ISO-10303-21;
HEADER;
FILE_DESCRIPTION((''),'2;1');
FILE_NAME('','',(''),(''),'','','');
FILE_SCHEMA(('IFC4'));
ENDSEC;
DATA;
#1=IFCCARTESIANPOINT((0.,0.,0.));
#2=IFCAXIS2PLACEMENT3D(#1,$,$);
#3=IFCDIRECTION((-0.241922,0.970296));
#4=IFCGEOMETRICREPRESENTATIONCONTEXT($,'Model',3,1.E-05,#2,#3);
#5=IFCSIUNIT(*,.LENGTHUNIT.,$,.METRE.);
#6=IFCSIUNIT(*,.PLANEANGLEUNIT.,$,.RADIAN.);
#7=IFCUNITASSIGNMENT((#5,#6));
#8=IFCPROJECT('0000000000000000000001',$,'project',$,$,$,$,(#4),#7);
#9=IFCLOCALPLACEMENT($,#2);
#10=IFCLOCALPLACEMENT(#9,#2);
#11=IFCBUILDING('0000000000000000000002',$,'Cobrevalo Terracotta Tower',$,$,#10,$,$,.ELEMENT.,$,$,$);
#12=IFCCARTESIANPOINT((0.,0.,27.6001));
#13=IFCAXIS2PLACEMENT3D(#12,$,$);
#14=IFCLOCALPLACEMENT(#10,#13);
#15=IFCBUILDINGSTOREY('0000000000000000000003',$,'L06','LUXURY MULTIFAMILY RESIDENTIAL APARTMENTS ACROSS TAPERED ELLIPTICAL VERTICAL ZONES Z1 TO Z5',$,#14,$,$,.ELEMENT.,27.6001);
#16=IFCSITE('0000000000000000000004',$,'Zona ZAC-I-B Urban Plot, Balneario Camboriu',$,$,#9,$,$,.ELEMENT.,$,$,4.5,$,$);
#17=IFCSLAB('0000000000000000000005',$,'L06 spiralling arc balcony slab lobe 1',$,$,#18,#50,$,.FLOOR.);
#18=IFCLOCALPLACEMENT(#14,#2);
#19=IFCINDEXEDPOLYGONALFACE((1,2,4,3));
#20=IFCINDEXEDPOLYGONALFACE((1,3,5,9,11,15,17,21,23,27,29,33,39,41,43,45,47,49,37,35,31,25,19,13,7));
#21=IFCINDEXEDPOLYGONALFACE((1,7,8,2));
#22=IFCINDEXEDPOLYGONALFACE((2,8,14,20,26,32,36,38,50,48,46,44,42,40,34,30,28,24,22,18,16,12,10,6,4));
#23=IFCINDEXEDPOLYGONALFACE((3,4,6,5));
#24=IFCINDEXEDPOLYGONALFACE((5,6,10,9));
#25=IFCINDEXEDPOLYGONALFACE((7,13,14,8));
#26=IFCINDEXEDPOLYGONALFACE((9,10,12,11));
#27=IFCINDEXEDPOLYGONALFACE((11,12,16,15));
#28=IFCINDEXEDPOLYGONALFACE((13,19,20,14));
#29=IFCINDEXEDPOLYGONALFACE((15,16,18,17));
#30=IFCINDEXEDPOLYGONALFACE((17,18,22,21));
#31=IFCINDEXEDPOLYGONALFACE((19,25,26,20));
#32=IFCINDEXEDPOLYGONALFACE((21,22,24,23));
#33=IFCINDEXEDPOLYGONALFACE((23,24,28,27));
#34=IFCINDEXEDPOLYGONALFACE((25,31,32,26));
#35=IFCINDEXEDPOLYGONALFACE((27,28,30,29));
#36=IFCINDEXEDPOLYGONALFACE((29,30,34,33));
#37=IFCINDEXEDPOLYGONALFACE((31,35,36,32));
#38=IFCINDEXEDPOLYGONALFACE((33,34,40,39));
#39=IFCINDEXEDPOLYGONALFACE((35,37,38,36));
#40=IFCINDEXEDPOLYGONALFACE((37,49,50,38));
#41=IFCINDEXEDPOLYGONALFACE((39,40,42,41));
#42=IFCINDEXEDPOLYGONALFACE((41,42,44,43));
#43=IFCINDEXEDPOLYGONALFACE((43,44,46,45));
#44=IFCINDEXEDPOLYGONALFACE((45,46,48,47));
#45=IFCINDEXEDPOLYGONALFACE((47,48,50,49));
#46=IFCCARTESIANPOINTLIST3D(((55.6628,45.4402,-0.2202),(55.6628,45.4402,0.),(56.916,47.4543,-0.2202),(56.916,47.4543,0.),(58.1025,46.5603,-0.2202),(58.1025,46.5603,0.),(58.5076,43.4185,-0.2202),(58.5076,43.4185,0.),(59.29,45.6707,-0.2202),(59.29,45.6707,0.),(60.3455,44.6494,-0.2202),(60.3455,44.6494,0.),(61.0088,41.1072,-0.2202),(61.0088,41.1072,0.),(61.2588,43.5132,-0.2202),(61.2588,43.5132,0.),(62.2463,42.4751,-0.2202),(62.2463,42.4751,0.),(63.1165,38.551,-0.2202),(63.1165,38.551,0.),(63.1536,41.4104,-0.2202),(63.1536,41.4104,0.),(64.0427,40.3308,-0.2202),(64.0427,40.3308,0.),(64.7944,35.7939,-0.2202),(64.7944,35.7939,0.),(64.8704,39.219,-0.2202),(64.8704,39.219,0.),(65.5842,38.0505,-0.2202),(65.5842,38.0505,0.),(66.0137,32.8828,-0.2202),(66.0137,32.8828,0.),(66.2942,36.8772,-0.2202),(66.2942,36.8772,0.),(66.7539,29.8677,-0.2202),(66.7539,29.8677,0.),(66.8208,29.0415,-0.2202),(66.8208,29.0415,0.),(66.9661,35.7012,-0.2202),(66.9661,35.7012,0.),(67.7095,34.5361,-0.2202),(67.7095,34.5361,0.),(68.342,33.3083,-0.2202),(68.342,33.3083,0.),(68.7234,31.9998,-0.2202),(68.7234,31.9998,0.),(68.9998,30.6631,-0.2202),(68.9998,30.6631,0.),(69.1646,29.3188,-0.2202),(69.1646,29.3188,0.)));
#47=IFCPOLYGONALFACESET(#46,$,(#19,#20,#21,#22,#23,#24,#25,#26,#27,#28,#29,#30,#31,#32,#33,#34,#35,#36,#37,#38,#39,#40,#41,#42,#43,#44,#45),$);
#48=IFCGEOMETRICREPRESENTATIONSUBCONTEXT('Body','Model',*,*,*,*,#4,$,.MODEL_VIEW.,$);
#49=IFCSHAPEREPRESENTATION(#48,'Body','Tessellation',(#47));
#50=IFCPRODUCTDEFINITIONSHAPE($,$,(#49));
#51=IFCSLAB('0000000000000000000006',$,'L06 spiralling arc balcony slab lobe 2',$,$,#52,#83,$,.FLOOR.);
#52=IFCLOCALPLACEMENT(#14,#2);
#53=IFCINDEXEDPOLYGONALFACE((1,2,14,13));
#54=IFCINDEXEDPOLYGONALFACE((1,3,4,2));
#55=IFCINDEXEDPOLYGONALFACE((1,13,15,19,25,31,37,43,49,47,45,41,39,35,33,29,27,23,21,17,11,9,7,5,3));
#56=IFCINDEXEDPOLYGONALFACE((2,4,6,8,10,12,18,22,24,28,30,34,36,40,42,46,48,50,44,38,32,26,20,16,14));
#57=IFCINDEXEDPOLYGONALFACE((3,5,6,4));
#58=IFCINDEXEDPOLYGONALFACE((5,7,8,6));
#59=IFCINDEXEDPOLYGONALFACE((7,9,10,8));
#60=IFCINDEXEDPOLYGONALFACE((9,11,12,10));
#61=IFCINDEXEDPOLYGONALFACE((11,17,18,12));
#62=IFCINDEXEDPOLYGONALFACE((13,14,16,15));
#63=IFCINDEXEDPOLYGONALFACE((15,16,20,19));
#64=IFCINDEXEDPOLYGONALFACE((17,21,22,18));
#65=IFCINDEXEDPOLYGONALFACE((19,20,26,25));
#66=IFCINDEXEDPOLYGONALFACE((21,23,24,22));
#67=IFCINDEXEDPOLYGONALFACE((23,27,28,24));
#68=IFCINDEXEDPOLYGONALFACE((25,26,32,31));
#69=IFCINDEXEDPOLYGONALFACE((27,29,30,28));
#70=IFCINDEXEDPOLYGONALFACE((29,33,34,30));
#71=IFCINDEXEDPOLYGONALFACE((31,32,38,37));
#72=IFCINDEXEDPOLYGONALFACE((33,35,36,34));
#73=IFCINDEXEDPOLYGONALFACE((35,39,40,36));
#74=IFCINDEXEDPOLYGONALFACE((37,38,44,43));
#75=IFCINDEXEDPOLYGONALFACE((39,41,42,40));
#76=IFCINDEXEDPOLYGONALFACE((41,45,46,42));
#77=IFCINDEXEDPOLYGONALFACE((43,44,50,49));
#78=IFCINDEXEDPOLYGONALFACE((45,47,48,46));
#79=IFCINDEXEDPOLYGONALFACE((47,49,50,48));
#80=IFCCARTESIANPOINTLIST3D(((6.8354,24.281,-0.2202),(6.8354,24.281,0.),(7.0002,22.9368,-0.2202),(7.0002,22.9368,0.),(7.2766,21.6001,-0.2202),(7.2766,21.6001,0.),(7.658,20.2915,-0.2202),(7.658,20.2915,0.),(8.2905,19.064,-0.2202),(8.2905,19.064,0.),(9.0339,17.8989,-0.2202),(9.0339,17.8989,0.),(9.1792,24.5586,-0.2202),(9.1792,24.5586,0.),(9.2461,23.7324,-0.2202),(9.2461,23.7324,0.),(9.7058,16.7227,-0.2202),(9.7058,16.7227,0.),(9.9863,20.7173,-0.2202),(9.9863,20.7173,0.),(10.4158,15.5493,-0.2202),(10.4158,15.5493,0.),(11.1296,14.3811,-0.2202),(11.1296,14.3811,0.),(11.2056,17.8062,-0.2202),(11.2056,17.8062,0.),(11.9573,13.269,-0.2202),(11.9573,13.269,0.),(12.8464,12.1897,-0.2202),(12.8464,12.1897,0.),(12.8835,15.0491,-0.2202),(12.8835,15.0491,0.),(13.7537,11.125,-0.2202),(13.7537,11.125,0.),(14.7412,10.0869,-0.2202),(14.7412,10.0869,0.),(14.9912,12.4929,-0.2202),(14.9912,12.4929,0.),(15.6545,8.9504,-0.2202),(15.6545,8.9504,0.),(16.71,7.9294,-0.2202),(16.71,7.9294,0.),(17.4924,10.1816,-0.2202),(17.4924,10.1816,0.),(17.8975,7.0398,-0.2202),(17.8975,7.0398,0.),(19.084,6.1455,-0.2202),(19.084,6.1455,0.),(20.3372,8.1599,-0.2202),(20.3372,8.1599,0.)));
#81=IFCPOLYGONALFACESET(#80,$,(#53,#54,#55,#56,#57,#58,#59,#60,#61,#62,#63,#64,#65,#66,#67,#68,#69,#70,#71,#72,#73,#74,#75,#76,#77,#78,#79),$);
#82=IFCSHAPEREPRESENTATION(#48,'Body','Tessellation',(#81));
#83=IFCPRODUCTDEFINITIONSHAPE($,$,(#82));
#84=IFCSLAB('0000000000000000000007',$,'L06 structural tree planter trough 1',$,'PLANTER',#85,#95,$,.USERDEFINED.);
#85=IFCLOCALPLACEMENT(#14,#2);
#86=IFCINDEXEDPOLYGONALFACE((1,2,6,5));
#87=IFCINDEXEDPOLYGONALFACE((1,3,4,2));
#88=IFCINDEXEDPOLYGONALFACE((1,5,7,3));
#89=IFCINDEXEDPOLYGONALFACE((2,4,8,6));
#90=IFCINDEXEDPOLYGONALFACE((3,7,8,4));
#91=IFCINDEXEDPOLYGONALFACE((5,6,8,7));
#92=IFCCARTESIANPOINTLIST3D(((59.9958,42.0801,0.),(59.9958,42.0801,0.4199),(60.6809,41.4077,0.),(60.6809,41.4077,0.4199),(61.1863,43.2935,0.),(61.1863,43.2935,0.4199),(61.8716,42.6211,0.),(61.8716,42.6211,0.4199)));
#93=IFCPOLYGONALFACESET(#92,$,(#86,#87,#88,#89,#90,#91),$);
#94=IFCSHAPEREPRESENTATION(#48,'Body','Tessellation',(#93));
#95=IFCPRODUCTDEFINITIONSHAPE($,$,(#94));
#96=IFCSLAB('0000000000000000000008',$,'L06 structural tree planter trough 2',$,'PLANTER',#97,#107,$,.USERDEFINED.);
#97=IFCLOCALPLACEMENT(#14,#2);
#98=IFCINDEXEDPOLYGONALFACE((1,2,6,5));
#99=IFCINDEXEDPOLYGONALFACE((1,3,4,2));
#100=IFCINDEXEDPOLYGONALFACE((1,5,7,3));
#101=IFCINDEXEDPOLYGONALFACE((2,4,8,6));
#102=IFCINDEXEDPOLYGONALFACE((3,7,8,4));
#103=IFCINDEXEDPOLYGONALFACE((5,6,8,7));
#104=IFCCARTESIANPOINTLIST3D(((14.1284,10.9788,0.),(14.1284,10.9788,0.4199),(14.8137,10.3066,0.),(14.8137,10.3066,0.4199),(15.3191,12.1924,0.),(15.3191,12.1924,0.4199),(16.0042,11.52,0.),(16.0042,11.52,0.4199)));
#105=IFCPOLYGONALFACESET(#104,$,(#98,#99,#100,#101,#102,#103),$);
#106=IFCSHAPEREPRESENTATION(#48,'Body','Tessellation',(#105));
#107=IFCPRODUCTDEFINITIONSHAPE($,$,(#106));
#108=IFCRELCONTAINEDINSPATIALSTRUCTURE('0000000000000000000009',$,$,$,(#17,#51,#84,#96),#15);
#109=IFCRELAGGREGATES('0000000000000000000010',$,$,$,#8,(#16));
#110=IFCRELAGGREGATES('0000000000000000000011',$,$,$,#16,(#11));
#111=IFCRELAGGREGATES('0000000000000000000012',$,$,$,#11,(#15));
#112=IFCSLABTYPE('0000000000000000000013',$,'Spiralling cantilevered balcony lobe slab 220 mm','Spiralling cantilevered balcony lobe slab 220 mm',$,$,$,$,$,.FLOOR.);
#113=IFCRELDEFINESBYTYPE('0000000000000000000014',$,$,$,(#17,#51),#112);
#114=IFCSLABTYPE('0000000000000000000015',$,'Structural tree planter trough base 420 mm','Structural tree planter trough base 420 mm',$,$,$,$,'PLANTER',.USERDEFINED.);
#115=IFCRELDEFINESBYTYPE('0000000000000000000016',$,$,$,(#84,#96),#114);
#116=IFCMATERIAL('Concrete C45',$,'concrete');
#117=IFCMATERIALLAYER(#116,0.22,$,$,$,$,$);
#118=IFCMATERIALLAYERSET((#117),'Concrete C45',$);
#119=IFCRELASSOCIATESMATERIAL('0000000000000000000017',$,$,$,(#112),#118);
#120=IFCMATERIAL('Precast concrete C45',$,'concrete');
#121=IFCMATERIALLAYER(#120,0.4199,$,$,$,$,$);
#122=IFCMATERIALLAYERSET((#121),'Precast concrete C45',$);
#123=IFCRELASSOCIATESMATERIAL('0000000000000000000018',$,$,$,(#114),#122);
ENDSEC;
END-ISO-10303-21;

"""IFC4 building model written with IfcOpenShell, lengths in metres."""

from ifc_helpers import new_model, si_unit, direction, frame, origin, place, context, subcontext, project, spatial, polyline, outline, extrude, material, layer, layer_set, type_object, element, save


model = new_model("IFC4")

# Units and contexts
model_context = context("Model", 3, precision=1e-05, world=origin(), true_north=direction((-0.241922, 0.970296)))
body_context = subcontext(model_context, "Body", "Model", "MODEL_VIEW")
ifc_project = project(units=[si_unit("LENGTHUNIT", "METRE"), si_unit("PLANEANGLEUNIT", "RADIAN")], contexts=[model_context])

# Site, building, storey
site_placement = place(None, origin())
site = spatial("IfcSite", under=ifc_project, at=site_placement, Name="Zona ZAC-I-B Urban Plot, Balneario Camboriu", CompositionType="ELEMENT", RefElevation=4.5)
building_placement = place(site_placement, origin())
building = spatial("IfcBuilding", under=site, at=building_placement, Name="Cobrevalo Terracotta Tower", CompositionType="ELEMENT")
storey_placement = place(building_placement, frame((0.0, 0.0, 27.6001)))
storey = spatial("IfcBuildingStorey", under=building, at=storey_placement, Name="L06", Description="LUXURY MULTIFAMILY RESIDENTIAL APARTMENTS ACROSS TAPERED ELLIPTICAL VERTICAL ZONES Z1 TO Z5", CompositionType="ELEMENT", Elevation=27.6001)

# Slabs
ifc_material_1 = material(Name="Concrete C45", Category="concrete")
ifc_layer_1 = layer(ifc_material_1, 0.22)
ifc_layer_set_1 = layer_set([ifc_layer_1], Name="Concrete C45")
slab_type_1 = type_object("IfcSlabType", Name="Spiralling cantilevered balcony lobe slab 220 mm", Description="Spiralling cantilevered balcony lobe slab 220 mm", PredefinedType="FLOOR", material=ifc_layer_set_1)
slab_1_placement = place(storey_placement, frame((0.0, 0.0, -0.2202)))
element("IfcSlab", 1, at=slab_1_placement, inside=storey, type_object=slab_type_1, Name="L06 spiralling arc balcony slab lobe 1", PredefinedType="FLOOR", context=body_context, shape_type="SweptSolid", body=[
    extrude(outline(polyline([(69.1646, 29.3188), (68.9998, 30.6631), (68.7234, 31.9998), (68.342, 33.3083), (67.7095, 34.5361), (66.9661, 35.7012), (66.2942, 36.8772), (65.5842, 38.0505), (64.8704, 39.219), (64.0427, 40.3308), (63.1536, 41.4104), (62.2463, 42.4751), (61.2588, 43.5132), (60.3455, 44.6494), (59.29, 45.6707), (58.1025, 46.5603), (56.916, 47.4543), (55.6628, 45.4402), (58.5076, 43.4185), (61.0088, 41.1072), (63.1165, 38.551), (64.7944, 35.7939), (66.0137, 32.8828), (66.7539, 29.8677), (66.8208, 29.0415), (69.1646, 29.3188)])), origin(), (0.0, 0.0, 1.0), 0.2202),
])
slab_2_placement = place(storey_placement, frame((0.0, 0.0, -0.2202)))
element("IfcSlab", 2, at=slab_2_placement, inside=storey, type_object=slab_type_1, Name="L06 spiralling arc balcony slab lobe 2", PredefinedType="FLOOR", context=body_context, shape_type="SweptSolid", body=[
    extrude(outline(polyline([(6.8354, 24.281), (7.0002, 22.9368), (7.2766, 21.6001), (7.658, 20.2915), (8.2905, 19.064), (9.0339, 17.8989), (9.7058, 16.7227), (10.4158, 15.5493), (11.1296, 14.3811), (11.9573, 13.269), (12.8464, 12.1897), (13.7537, 11.125), (14.7412, 10.0869), (15.6545, 8.9504), (16.71, 7.9294), (17.8975, 7.0398), (19.084, 6.1455), (20.3372, 8.1599), (17.4924, 10.1816), (14.9912, 12.4929), (12.8835, 15.0491), (11.2056, 17.8062), (9.9863, 20.7173), (9.2461, 23.7324), (9.1792, 24.5586), (6.8354, 24.281)])), origin(), (0.0, 0.0, 1.0), 0.2202),
])
ifc_material_2 = material(Name="Precast concrete C45", Category="concrete")
ifc_layer_2 = layer(ifc_material_2, 0.4199)
ifc_layer_set_2 = layer_set([ifc_layer_2], Name="Precast concrete C45")
slab_type_2 = type_object("IfcSlabType", Name="Structural tree planter trough base 420 mm", Description="Structural tree planter trough base 420 mm", ElementType="PLANTER", PredefinedType="USERDEFINED", material=ifc_layer_set_2)
slab_3_placement = place(storey_placement, origin())
element("IfcSlab", 3, at=slab_3_placement, inside=storey, type_object=slab_type_2, Name="L06 structural tree planter trough 1", ObjectType="PLANTER", PredefinedType="USERDEFINED", context=body_context, shape_type="SweptSolid", body=[
    extrude(outline(polyline([(60.6809, 41.4077), (61.8716, 42.6211), (61.1863, 43.2935), (59.9958, 42.0801), (60.6809, 41.4077)])), origin(), (0.0, 0.0, 1.0), 0.4199),
])
slab_4_placement = place(storey_placement, origin())
element("IfcSlab", 4, at=slab_4_placement, inside=storey, type_object=slab_type_2, Name="L06 structural tree planter trough 2", ObjectType="PLANTER", PredefinedType="USERDEFINED", context=body_context, shape_type="SweptSolid", body=[
    extrude(outline(polyline([(15.3191, 12.1924), (14.1284, 10.9788), (14.8137, 10.3066), (16.0042, 11.52), (15.3191, 12.1924)])), origin(), (0.0, 0.0, 1.0), 0.4199),
])

save(model, "model.ifc")
